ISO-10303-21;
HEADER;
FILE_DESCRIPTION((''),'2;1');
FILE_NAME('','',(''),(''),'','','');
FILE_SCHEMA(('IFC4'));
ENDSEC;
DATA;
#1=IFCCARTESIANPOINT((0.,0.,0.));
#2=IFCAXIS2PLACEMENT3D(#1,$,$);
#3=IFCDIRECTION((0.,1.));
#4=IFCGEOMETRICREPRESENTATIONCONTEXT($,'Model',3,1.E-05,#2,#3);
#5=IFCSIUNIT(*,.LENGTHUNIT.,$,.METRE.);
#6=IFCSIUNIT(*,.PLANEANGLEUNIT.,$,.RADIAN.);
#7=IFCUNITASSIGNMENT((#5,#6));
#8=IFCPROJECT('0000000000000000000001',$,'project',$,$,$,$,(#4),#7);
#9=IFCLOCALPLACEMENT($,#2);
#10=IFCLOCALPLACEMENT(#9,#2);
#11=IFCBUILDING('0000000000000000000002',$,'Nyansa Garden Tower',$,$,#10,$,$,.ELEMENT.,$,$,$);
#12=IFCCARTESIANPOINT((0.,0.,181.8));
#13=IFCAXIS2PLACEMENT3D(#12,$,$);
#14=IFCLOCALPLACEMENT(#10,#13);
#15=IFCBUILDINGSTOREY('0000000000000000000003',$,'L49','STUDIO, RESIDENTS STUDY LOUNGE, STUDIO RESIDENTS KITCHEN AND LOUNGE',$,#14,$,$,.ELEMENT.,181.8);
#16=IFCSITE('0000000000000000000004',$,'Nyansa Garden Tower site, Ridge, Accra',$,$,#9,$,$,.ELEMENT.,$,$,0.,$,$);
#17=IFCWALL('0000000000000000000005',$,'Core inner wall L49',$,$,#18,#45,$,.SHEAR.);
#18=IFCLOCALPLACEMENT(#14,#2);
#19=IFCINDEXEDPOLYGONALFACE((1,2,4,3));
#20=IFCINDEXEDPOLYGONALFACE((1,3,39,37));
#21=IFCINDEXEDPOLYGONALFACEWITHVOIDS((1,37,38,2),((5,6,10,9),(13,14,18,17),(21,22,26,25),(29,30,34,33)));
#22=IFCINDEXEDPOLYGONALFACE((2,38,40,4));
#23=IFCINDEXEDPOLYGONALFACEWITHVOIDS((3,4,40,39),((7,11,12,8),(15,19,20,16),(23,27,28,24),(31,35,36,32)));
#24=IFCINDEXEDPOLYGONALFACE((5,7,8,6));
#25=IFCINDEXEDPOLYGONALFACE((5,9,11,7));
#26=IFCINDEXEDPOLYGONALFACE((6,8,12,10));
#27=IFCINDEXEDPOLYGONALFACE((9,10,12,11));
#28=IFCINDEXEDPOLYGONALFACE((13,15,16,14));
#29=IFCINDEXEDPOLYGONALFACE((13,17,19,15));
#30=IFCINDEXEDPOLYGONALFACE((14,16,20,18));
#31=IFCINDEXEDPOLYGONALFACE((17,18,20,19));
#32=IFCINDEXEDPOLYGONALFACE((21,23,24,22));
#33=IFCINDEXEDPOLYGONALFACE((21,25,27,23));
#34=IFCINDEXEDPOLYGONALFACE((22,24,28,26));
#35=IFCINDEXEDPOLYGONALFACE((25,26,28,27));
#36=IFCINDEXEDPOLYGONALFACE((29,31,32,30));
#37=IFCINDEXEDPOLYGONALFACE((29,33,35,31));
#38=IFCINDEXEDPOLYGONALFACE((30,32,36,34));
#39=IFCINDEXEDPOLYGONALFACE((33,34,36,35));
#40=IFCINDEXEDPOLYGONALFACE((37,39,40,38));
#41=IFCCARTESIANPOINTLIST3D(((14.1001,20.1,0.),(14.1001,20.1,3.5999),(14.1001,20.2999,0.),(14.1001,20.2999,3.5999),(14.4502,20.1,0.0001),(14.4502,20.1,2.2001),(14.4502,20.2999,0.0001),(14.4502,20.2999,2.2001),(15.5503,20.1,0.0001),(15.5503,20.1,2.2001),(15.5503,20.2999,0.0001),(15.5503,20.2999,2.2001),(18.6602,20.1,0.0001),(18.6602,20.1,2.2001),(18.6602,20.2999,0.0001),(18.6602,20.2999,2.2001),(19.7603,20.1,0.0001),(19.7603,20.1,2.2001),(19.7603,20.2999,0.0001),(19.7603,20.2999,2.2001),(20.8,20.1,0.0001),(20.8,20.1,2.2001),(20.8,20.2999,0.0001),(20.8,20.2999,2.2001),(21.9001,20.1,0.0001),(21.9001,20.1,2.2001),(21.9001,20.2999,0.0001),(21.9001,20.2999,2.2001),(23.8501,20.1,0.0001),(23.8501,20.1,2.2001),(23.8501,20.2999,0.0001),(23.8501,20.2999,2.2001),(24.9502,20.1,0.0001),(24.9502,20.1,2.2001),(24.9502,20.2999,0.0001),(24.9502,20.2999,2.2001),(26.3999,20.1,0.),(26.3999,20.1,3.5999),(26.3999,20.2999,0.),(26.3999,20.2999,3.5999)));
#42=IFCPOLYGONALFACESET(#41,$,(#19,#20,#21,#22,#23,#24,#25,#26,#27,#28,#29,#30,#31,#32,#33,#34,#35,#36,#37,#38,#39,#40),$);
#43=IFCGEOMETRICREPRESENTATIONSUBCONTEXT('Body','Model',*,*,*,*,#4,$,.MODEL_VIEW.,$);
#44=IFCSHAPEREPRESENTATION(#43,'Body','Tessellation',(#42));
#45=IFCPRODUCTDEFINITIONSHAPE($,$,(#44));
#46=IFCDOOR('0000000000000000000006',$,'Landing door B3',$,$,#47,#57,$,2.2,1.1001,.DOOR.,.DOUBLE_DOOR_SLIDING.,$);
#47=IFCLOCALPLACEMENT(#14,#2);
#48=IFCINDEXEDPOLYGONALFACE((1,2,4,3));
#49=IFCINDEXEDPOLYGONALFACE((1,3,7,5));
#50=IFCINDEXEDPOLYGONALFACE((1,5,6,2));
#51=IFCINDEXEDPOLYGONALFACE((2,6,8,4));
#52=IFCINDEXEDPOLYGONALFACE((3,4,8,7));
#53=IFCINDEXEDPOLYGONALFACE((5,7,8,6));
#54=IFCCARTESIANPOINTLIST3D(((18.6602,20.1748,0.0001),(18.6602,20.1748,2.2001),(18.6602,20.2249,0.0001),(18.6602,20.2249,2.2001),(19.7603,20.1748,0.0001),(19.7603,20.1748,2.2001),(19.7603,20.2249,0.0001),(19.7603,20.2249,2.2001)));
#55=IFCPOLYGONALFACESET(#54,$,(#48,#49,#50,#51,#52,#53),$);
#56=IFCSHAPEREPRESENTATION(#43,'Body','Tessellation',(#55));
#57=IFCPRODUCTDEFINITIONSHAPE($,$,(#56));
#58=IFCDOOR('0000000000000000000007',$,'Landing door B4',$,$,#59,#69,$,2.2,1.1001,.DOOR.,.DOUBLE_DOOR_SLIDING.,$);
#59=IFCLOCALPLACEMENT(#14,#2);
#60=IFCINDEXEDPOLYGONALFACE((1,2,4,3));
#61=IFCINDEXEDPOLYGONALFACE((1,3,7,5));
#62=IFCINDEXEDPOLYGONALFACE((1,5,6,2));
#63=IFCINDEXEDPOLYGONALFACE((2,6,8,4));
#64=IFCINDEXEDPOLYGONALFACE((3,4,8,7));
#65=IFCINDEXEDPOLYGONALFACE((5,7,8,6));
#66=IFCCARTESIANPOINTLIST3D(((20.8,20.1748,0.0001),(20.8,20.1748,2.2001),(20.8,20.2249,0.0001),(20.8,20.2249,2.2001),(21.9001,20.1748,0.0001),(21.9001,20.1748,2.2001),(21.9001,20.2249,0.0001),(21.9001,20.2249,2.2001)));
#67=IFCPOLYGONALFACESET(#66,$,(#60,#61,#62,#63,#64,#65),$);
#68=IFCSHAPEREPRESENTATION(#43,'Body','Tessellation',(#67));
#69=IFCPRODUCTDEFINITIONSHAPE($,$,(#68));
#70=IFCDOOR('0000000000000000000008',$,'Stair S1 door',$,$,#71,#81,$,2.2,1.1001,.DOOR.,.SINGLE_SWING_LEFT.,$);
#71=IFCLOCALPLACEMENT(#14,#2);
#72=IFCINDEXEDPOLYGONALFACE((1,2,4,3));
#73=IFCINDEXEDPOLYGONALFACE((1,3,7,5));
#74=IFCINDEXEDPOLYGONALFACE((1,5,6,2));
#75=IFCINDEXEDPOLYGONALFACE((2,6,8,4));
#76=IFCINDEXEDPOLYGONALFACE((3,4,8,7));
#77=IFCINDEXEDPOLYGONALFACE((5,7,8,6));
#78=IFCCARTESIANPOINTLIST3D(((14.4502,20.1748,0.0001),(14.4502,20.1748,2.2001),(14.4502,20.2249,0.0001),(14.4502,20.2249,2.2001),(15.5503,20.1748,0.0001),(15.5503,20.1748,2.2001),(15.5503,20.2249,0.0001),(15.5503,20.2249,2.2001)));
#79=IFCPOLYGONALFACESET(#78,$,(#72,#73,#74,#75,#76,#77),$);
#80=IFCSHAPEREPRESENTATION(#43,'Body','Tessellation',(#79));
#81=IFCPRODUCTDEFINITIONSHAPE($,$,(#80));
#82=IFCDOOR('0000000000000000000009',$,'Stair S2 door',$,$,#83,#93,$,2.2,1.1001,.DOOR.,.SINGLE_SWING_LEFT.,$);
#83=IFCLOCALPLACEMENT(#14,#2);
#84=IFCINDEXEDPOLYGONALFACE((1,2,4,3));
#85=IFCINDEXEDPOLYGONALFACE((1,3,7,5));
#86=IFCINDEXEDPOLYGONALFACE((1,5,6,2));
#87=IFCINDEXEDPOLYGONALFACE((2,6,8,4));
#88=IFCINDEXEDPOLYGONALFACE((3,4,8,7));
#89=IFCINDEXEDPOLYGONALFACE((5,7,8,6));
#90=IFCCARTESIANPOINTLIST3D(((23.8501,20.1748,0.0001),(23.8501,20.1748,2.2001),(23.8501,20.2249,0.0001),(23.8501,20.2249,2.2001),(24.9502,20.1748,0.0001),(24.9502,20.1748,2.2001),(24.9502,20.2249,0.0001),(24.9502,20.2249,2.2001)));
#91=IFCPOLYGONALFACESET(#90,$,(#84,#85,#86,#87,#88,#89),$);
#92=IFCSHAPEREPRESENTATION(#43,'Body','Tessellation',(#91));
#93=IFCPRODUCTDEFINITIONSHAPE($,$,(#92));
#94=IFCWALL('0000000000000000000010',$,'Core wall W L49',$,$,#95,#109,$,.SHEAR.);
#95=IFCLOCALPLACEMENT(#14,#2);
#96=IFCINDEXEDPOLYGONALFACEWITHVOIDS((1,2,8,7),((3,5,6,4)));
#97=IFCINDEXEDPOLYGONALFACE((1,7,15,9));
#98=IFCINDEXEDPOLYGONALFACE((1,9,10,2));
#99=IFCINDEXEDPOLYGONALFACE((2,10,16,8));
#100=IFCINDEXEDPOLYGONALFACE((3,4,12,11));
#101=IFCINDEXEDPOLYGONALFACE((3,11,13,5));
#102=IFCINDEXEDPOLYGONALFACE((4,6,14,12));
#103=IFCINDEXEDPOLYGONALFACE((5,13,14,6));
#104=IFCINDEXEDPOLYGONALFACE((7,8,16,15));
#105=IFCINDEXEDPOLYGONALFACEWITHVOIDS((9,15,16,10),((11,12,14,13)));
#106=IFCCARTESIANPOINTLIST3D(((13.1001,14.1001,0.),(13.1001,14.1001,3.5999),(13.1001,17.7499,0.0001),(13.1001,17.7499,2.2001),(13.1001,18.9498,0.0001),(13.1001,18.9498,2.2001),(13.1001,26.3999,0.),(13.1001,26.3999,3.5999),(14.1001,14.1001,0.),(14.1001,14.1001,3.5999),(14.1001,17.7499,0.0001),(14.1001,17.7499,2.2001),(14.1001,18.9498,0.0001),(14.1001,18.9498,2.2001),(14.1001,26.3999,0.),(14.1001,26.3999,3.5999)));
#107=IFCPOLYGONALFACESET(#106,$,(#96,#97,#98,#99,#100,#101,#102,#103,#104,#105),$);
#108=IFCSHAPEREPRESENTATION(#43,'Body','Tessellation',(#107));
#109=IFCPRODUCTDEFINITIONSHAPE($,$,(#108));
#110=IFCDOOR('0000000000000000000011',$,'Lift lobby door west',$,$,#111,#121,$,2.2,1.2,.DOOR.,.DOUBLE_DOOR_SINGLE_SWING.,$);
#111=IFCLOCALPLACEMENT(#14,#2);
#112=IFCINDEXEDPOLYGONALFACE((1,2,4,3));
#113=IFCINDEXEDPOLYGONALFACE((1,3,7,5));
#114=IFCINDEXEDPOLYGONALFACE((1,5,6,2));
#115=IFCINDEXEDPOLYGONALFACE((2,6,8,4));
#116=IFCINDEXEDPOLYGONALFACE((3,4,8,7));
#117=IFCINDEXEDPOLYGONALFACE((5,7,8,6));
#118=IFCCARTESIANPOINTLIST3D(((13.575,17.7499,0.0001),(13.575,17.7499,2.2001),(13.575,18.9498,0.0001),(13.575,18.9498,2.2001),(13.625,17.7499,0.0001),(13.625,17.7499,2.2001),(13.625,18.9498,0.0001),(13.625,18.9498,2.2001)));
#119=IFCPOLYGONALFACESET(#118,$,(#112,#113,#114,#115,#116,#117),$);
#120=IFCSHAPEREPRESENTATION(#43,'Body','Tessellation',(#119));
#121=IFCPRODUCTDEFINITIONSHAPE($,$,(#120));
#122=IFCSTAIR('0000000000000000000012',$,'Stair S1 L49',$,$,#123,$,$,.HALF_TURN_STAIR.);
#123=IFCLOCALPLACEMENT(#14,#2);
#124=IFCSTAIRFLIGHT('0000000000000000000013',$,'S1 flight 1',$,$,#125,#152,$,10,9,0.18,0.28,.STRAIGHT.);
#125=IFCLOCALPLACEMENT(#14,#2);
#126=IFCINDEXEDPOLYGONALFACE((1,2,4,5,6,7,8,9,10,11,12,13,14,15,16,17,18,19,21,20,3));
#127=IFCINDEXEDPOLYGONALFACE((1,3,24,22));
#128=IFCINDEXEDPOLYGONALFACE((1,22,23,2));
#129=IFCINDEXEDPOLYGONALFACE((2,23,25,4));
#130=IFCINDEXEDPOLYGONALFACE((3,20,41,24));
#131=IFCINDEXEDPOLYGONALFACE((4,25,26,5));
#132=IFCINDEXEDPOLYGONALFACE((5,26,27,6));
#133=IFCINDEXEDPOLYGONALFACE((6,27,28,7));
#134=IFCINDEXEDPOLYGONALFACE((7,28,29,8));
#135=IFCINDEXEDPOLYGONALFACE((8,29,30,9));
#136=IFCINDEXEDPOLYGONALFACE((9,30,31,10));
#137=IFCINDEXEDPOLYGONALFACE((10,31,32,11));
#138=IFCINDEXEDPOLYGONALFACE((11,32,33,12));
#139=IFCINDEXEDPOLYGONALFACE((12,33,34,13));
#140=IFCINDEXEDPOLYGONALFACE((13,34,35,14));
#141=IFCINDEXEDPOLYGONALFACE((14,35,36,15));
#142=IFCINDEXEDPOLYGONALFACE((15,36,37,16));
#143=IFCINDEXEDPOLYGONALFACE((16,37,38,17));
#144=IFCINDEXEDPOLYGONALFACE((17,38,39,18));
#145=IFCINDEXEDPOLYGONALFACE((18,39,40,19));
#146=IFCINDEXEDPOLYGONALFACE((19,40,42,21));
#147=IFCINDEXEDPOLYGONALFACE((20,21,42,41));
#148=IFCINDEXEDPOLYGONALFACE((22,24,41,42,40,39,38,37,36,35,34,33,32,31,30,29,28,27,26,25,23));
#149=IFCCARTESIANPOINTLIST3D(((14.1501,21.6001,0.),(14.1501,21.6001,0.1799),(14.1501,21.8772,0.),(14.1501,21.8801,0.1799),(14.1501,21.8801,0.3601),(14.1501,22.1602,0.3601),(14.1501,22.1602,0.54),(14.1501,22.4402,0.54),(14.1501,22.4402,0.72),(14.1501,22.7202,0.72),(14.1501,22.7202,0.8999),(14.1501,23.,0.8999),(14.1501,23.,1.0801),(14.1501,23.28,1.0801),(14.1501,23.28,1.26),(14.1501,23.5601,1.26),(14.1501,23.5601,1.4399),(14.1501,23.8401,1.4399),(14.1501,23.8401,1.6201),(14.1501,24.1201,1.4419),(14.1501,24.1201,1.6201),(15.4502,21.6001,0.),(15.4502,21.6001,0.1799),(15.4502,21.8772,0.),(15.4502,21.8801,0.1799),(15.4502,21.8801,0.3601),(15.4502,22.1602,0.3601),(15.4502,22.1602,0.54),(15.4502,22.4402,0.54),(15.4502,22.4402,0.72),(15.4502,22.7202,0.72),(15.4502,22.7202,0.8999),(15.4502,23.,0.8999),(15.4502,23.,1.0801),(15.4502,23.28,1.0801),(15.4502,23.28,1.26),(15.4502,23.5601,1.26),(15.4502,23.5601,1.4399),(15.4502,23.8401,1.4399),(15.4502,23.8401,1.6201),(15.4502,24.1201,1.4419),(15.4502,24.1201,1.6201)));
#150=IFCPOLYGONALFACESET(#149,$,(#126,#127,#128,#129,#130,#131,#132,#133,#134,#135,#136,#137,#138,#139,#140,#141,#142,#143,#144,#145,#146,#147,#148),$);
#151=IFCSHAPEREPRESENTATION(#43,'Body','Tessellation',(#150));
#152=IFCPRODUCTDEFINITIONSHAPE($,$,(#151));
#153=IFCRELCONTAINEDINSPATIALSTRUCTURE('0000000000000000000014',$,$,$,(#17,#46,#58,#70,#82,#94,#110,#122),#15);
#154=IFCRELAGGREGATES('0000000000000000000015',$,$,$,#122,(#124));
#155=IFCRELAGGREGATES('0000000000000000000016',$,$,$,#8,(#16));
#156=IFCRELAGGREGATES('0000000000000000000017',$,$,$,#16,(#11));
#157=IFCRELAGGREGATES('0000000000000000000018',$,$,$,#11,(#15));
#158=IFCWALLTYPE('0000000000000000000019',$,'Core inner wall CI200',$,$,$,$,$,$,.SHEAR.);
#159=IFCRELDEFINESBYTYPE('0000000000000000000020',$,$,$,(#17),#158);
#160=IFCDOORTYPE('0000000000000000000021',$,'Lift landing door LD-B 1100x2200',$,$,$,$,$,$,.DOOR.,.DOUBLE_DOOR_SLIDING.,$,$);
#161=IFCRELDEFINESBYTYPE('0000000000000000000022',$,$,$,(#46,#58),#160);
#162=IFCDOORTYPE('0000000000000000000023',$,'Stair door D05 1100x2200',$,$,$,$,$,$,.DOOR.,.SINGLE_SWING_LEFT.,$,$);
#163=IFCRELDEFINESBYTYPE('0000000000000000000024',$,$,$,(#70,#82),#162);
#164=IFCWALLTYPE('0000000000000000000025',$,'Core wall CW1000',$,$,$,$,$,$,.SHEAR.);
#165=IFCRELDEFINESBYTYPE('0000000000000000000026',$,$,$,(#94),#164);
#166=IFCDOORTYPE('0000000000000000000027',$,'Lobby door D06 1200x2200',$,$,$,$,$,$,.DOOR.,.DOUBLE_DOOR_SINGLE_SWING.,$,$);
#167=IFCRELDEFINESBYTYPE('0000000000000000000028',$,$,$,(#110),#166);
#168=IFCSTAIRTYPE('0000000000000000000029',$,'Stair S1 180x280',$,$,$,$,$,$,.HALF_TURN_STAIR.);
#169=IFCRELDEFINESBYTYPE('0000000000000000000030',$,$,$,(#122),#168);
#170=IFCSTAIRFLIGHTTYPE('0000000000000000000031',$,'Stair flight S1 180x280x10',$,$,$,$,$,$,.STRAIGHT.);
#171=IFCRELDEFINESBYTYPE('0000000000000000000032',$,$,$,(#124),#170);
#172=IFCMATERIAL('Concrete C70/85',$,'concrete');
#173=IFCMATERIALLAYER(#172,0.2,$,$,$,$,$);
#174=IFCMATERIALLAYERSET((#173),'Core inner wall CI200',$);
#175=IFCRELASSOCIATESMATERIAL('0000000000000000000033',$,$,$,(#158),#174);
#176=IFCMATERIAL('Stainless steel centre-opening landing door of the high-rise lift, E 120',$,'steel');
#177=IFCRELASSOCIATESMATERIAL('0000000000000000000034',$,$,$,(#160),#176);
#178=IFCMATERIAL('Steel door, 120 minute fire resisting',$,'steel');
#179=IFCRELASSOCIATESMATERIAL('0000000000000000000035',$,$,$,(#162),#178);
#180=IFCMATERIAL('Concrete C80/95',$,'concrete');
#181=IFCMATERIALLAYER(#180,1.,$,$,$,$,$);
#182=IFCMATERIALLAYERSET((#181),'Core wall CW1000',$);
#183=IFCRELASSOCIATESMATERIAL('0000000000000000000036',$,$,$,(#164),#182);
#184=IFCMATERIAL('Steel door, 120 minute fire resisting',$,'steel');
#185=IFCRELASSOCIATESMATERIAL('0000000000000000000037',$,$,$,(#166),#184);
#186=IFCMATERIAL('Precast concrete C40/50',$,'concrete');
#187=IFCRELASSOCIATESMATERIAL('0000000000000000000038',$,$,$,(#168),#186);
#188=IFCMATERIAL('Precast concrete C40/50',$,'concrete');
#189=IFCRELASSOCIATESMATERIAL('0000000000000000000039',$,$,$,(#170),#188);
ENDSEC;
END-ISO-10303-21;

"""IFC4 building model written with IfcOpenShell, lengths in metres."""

from ifc_helpers import new_model, si_unit, direction, frame, frame_2d, origin, place, context, subcontext, project, spatial, polyline, rectangle, outline, extrude, material, layer, layer_set, type_object, element, fill, aggregate, save


model = new_model("IFC4")

# Units and contexts
model_context = context("Model", 3, precision=1e-05, world=origin(), true_north=direction((0.0, 1.0)))
body_context = subcontext(model_context, "Body", "Model", "MODEL_VIEW")
ifc_project = project(units=[si_unit("LENGTHUNIT", "METRE"), si_unit("PLANEANGLEUNIT", "RADIAN")], contexts=[model_context])

# Site, building, storey
site_placement = place(None, origin())
site = spatial("IfcSite", under=ifc_project, at=site_placement, Name="Nyansa Garden Tower site, Ridge, Accra", CompositionType="ELEMENT", RefElevation=0.0)
building_placement = place(site_placement, origin())
building = spatial("IfcBuilding", under=site, at=building_placement, Name="Nyansa Garden Tower", CompositionType="ELEMENT")
storey_placement = place(building_placement, frame((0.0, 0.0, 181.8)))
storey = spatial("IfcBuildingStorey", under=building, at=storey_placement, Name="L49", Description="STUDIO, RESIDENTS STUDY LOUNGE, STUDIO RESIDENTS KITCHEN AND LOUNGE", CompositionType="ELEMENT", Elevation=181.8)

# Wall, openings, doors
ifc_material_1 = material(Name="Concrete C70/85", Category="concrete")
ifc_layer_1 = layer(ifc_material_1, 0.2)
ifc_layer_set_1 = layer_set([ifc_layer_1], Name="Core inner wall CI200")
wall_type_1 = type_object("IfcWallType", Name="Core inner wall CI200", PredefinedType="SHEAR", material=ifc_layer_set_1)
ifc_material_2 = material(Name="Stainless steel centre-opening landing door of the high-rise lift, E 120", Category="steel")
door_type_1 = type_object("IfcDoorType", Name="Lift landing door LD-B 1100x2200", OperationType="DOUBLE_DOOR_SLIDING", PredefinedType="DOOR", material=ifc_material_2)
wall_1_placement = place(storey_placement, frame((14.1001, 20.2, 0.0), z_axis=(0.0, 0.0, 1.0), x_axis=(1.0, 0.0, 0.0)))
wall_1 = element("IfcWall", 1, at=wall_1_placement, inside=storey, type_object=wall_type_1, Name="Core inner wall L49", PredefinedType="SHEAR", context=body_context, shape_type="SweptSolid", body=[
    extrude(rectangle(XDim=12.2998, YDim=0.2, at=frame_2d((6.1499, 0.0))), origin(), (0.0, 0.0, 1.0), 3.5999),
])
opening_1_placement = place(wall_1_placement, frame((4.5601, 0.0, 0.0)))
opening_1 = element("IfcOpeningElement", 2, at=opening_1_placement, cuts=wall_1, PredefinedType="OPENING", context=body_context, shape_type="SweptSolid", body=[
    extrude(rectangle(XDim=1.1001, YDim=2.2, at=frame_2d((0.55, 1.1001))), frame((0.0, 0.1099, 0.0), z_axis=(0.0, -1.0, 0.0), x_axis=(1.0, 0.0, 0.0)), (0.0, 0.0, 1.0), 0.22),
])
opening_2_placement = place(wall_1_placement, frame((6.7, 0.0, 0.0)))
opening_2 = element("IfcOpeningElement", 3, at=opening_2_placement, cuts=wall_1, PredefinedType="OPENING", context=body_context, shape_type="SweptSolid", body=[
    extrude(rectangle(XDim=1.1001, YDim=2.2, at=frame_2d((0.55, 1.1001))), frame((0.0, 0.1099, 0.0), z_axis=(0.0, -1.0, 0.0), x_axis=(1.0, 0.0, 0.0)), (0.0, 0.0, 1.0), 0.22),
])
opening_3_placement = place(wall_1_placement, frame((0.3501, 0.0, 0.0)))
opening_3 = element("IfcOpeningElement", 4, at=opening_3_placement, cuts=wall_1, PredefinedType="OPENING", context=body_context, shape_type="SweptSolid", body=[
    extrude(rectangle(XDim=1.1001, YDim=2.2, at=frame_2d((0.55, 1.1001))), frame((0.0, 0.1099, 0.0), z_axis=(0.0, -1.0, 0.0), x_axis=(1.0, 0.0, 0.0)), (0.0, 0.0, 1.0), 0.22),
])
opening_4_placement = place(wall_1_placement, frame((9.75, 0.0, 0.0)))
opening_4 = element("IfcOpeningElement", 5, at=opening_4_placement, cuts=wall_1, PredefinedType="OPENING", context=body_context, shape_type="SweptSolid", body=[
    extrude(rectangle(XDim=1.1001, YDim=2.2, at=frame_2d((0.55, 1.1001))), frame((0.0, 0.1099, 0.0), z_axis=(0.0, -1.0, 0.0), x_axis=(1.0, 0.0, 0.0)), (0.0, 0.0, 1.0), 0.22),
])
door_1_placement = place(opening_1_placement, origin())
door_1 = element("IfcDoor", 6, at=door_1_placement, inside=storey, type_object=door_type_1, Name="Landing door B3", OperationType="DOUBLE_DOOR_SLIDING", OverallHeight=2.2, OverallWidth=1.1001, PredefinedType="DOOR", context=body_context, shape_type="SweptSolid", body=[
    extrude(rectangle(XDim=1.1001, YDim=2.2, at=frame_2d((0.55, 1.1001))), frame((0.0, 0.0249, 0.0), z_axis=(0.0, -1.0, 0.0), x_axis=(1.0, 0.0, 0.0)), (0.0, 0.0, 1.0), 0.05),
])
fill(opening_1, door_1)
door_2_placement = place(opening_2_placement, origin())
door_2 = element("IfcDoor", 7, at=door_2_placement, inside=storey, type_object=door_type_1, Name="Landing door B4", OperationType="DOUBLE_DOOR_SLIDING", OverallHeight=2.2, OverallWidth=1.1001, PredefinedType="DOOR", context=body_context, shape_type="SweptSolid", body=[
    extrude(rectangle(XDim=1.1001, YDim=2.2, at=frame_2d((0.55, 1.1001))), frame((0.0, 0.0249, 0.0), z_axis=(0.0, -1.0, 0.0), x_axis=(1.0, 0.0, 0.0)), (0.0, 0.0, 1.0), 0.05),
])
fill(opening_2, door_2)
ifc_material_3 = material(Name="Steel door, 120 minute fire resisting", Category="steel")
door_type_2 = type_object("IfcDoorType", Name="Stair door D05 1100x2200", OperationType="SINGLE_SWING_LEFT", PredefinedType="DOOR", material=ifc_material_3)
door_3_placement = place(opening_3_placement, origin())
door_3 = element("IfcDoor", 8, at=door_3_placement, inside=storey, type_object=door_type_2, Name="Stair S1 door", OperationType="SINGLE_SWING_LEFT", OverallHeight=2.2, OverallWidth=1.1001, PredefinedType="DOOR", context=body_context, shape_type="SweptSolid", body=[
    extrude(rectangle(XDim=1.1001, YDim=2.2, at=frame_2d((0.55, 1.1001))), frame((0.0, 0.0249, 0.0), z_axis=(0.0, -1.0, 0.0), x_axis=(1.0, 0.0, 0.0)), (0.0, 0.0, 1.0), 0.05),
])
fill(opening_3, door_3)
door_4_placement = place(opening_4_placement, origin())
door_4 = element("IfcDoor", 9, at=door_4_placement, inside=storey, type_object=door_type_2, Name="Stair S2 door", OperationType="SINGLE_SWING_LEFT", OverallHeight=2.2, OverallWidth=1.1001, PredefinedType="DOOR", context=body_context, shape_type="SweptSolid", body=[
    extrude(rectangle(XDim=1.1001, YDim=2.2, at=frame_2d((0.55, 1.1001))), frame((0.0, 0.0249, 0.0), z_axis=(0.0, -1.0, 0.0), x_axis=(1.0, 0.0, 0.0)), (0.0, 0.0, 1.0), 0.05),
])
fill(opening_4, door_4)

# Wall, opening, door
ifc_material_4 = material(Name="Concrete C80/95", Category="concrete")
ifc_layer_2 = layer(ifc_material_4, 1.0)
ifc_layer_set_2 = layer_set([ifc_layer_2], Name="Core wall CW1000")
wall_type_2 = type_object("IfcWallType", Name="Core wall CW1000", PredefinedType="SHEAR", material=ifc_layer_set_2)
wall_2_placement = place(storey_placement, frame((13.6001, 26.3999, 0.0), z_axis=(0.0, 0.0, 1.0), x_axis=(0.0, -1.0, 0.0)))
wall_2 = element("IfcWall", 10, at=wall_2_placement, inside=storey, type_object=wall_type_2, Name="Core wall W L49", PredefinedType="SHEAR", context=body_context, shape_type="SweptSolid", body=[
    extrude(rectangle(XDim=12.2998, YDim=1.0, at=frame_2d((6.1499, 0.0))), origin(), (0.0, 0.0, 1.0), 3.5999),
])
opening_5_placement = place(wall_2_placement, frame((7.45, 0.0, 0.0)))
opening_5 = element("IfcOpeningElement", 11, at=opening_5_placement, cuts=wall_2, PredefinedType="OPENING", context=body_context, shape_type="SweptSolid", body=[
    extrude(rectangle(XDim=1.2, YDim=2.2, at=frame_2d((0.6001, 1.1001))), frame((0.0, 0.51, 0.0), z_axis=(0.0, -1.0, 0.0), x_axis=(1.0, 0.0, 0.0)), (0.0, 0.0, 1.0), 1.02),
])
ifc_material_5 = material(Name="Steel door, 120 minute fire resisting", Category="steel")
door_type_3 = type_object("IfcDoorType", Name="Lobby door D06 1200x2200", OperationType="DOUBLE_DOOR_SINGLE_SWING", PredefinedType="DOOR", material=ifc_material_5)
door_5_placement = place(opening_5_placement, origin())
door_5 = element("IfcDoor", 12, at=door_5_placement, inside=storey, type_object=door_type_3, Name="Lift lobby door west", OperationType="DOUBLE_DOOR_SINGLE_SWING", OverallHeight=2.2, OverallWidth=1.2, PredefinedType="DOOR", context=body_context, shape_type="SweptSolid", body=[
    extrude(rectangle(XDim=1.2, YDim=2.2, at=frame_2d((0.6001, 1.1001))), frame((0.0, 0.0249, 0.0), z_axis=(0.0, -1.0, 0.0), x_axis=(1.0, 0.0, 0.0)), (0.0, 0.0, 1.0), 0.05),
])
fill(opening_5, door_5)

# Stair, stair flight
ifc_material_6 = material(Name="Precast concrete C40/50", Category="concrete")
stair_type = type_object("IfcStairType", Name="Stair S1 180x280", PredefinedType="HALF_TURN_STAIR", material=ifc_material_6)
stair_placement = place(storey_placement, origin())
stair = element("IfcStair", 13, at=stair_placement, inside=storey, type_object=stair_type, Name="Stair S1 L49", PredefinedType="HALF_TURN_STAIR")
ifc_material_7 = material(Name="Precast concrete C40/50", Category="concrete")
stair_flight_type = type_object("IfcStairFlightType", Name="Stair flight S1 180x280x10", PredefinedType="STRAIGHT", material=ifc_material_7)
stair_flight_1_placement = place(storey_placement, frame((14.8, 21.6001, 0.0), z_axis=(0.0, 0.0, 1.0), x_axis=(0.0, 1.0, 0.0)))
stair_flight_1 = element("IfcStairFlight", 14, at=stair_flight_1_placement, type_object=stair_flight_type, Name="S1 flight 1", NumberOfRisers=10, NumberOfTreads=9, PredefinedType="STRAIGHT", RiserHeight=0.18, TreadLength=0.28, context=body_context, shape_type="SweptSolid", body=[
    extrude(outline(polyline([(0.0, 0.0), (0.0, 0.1799), (0.28, 0.1799), (0.28, 0.3601), (0.5601, 0.3601), (0.5601, 0.54), (0.8401, 0.54), (0.8401, 0.72), (1.1201, 0.72), (1.1201, 0.8999), (1.3999, 0.8999), (1.3999, 1.0801), (1.6799, 1.0801), (1.6799, 1.26), (1.96, 1.26), (1.96, 1.4399), (2.24, 1.4399), (2.24, 1.6201), (2.52, 1.6201), (2.52, 1.8), (2.52, 1.4419), (0.2771, 0.0), (0.0, 0.0)])), frame((0.0, 0.6499, 0.0), z_axis=(0.0, -1.0, 0.0), x_axis=(1.0, 0.0, 0.0)), (0.0, 0.0, 1.0), 1.3),
])
aggregate(stair, [stair_flight_1])

save(model, "model.ifc")
